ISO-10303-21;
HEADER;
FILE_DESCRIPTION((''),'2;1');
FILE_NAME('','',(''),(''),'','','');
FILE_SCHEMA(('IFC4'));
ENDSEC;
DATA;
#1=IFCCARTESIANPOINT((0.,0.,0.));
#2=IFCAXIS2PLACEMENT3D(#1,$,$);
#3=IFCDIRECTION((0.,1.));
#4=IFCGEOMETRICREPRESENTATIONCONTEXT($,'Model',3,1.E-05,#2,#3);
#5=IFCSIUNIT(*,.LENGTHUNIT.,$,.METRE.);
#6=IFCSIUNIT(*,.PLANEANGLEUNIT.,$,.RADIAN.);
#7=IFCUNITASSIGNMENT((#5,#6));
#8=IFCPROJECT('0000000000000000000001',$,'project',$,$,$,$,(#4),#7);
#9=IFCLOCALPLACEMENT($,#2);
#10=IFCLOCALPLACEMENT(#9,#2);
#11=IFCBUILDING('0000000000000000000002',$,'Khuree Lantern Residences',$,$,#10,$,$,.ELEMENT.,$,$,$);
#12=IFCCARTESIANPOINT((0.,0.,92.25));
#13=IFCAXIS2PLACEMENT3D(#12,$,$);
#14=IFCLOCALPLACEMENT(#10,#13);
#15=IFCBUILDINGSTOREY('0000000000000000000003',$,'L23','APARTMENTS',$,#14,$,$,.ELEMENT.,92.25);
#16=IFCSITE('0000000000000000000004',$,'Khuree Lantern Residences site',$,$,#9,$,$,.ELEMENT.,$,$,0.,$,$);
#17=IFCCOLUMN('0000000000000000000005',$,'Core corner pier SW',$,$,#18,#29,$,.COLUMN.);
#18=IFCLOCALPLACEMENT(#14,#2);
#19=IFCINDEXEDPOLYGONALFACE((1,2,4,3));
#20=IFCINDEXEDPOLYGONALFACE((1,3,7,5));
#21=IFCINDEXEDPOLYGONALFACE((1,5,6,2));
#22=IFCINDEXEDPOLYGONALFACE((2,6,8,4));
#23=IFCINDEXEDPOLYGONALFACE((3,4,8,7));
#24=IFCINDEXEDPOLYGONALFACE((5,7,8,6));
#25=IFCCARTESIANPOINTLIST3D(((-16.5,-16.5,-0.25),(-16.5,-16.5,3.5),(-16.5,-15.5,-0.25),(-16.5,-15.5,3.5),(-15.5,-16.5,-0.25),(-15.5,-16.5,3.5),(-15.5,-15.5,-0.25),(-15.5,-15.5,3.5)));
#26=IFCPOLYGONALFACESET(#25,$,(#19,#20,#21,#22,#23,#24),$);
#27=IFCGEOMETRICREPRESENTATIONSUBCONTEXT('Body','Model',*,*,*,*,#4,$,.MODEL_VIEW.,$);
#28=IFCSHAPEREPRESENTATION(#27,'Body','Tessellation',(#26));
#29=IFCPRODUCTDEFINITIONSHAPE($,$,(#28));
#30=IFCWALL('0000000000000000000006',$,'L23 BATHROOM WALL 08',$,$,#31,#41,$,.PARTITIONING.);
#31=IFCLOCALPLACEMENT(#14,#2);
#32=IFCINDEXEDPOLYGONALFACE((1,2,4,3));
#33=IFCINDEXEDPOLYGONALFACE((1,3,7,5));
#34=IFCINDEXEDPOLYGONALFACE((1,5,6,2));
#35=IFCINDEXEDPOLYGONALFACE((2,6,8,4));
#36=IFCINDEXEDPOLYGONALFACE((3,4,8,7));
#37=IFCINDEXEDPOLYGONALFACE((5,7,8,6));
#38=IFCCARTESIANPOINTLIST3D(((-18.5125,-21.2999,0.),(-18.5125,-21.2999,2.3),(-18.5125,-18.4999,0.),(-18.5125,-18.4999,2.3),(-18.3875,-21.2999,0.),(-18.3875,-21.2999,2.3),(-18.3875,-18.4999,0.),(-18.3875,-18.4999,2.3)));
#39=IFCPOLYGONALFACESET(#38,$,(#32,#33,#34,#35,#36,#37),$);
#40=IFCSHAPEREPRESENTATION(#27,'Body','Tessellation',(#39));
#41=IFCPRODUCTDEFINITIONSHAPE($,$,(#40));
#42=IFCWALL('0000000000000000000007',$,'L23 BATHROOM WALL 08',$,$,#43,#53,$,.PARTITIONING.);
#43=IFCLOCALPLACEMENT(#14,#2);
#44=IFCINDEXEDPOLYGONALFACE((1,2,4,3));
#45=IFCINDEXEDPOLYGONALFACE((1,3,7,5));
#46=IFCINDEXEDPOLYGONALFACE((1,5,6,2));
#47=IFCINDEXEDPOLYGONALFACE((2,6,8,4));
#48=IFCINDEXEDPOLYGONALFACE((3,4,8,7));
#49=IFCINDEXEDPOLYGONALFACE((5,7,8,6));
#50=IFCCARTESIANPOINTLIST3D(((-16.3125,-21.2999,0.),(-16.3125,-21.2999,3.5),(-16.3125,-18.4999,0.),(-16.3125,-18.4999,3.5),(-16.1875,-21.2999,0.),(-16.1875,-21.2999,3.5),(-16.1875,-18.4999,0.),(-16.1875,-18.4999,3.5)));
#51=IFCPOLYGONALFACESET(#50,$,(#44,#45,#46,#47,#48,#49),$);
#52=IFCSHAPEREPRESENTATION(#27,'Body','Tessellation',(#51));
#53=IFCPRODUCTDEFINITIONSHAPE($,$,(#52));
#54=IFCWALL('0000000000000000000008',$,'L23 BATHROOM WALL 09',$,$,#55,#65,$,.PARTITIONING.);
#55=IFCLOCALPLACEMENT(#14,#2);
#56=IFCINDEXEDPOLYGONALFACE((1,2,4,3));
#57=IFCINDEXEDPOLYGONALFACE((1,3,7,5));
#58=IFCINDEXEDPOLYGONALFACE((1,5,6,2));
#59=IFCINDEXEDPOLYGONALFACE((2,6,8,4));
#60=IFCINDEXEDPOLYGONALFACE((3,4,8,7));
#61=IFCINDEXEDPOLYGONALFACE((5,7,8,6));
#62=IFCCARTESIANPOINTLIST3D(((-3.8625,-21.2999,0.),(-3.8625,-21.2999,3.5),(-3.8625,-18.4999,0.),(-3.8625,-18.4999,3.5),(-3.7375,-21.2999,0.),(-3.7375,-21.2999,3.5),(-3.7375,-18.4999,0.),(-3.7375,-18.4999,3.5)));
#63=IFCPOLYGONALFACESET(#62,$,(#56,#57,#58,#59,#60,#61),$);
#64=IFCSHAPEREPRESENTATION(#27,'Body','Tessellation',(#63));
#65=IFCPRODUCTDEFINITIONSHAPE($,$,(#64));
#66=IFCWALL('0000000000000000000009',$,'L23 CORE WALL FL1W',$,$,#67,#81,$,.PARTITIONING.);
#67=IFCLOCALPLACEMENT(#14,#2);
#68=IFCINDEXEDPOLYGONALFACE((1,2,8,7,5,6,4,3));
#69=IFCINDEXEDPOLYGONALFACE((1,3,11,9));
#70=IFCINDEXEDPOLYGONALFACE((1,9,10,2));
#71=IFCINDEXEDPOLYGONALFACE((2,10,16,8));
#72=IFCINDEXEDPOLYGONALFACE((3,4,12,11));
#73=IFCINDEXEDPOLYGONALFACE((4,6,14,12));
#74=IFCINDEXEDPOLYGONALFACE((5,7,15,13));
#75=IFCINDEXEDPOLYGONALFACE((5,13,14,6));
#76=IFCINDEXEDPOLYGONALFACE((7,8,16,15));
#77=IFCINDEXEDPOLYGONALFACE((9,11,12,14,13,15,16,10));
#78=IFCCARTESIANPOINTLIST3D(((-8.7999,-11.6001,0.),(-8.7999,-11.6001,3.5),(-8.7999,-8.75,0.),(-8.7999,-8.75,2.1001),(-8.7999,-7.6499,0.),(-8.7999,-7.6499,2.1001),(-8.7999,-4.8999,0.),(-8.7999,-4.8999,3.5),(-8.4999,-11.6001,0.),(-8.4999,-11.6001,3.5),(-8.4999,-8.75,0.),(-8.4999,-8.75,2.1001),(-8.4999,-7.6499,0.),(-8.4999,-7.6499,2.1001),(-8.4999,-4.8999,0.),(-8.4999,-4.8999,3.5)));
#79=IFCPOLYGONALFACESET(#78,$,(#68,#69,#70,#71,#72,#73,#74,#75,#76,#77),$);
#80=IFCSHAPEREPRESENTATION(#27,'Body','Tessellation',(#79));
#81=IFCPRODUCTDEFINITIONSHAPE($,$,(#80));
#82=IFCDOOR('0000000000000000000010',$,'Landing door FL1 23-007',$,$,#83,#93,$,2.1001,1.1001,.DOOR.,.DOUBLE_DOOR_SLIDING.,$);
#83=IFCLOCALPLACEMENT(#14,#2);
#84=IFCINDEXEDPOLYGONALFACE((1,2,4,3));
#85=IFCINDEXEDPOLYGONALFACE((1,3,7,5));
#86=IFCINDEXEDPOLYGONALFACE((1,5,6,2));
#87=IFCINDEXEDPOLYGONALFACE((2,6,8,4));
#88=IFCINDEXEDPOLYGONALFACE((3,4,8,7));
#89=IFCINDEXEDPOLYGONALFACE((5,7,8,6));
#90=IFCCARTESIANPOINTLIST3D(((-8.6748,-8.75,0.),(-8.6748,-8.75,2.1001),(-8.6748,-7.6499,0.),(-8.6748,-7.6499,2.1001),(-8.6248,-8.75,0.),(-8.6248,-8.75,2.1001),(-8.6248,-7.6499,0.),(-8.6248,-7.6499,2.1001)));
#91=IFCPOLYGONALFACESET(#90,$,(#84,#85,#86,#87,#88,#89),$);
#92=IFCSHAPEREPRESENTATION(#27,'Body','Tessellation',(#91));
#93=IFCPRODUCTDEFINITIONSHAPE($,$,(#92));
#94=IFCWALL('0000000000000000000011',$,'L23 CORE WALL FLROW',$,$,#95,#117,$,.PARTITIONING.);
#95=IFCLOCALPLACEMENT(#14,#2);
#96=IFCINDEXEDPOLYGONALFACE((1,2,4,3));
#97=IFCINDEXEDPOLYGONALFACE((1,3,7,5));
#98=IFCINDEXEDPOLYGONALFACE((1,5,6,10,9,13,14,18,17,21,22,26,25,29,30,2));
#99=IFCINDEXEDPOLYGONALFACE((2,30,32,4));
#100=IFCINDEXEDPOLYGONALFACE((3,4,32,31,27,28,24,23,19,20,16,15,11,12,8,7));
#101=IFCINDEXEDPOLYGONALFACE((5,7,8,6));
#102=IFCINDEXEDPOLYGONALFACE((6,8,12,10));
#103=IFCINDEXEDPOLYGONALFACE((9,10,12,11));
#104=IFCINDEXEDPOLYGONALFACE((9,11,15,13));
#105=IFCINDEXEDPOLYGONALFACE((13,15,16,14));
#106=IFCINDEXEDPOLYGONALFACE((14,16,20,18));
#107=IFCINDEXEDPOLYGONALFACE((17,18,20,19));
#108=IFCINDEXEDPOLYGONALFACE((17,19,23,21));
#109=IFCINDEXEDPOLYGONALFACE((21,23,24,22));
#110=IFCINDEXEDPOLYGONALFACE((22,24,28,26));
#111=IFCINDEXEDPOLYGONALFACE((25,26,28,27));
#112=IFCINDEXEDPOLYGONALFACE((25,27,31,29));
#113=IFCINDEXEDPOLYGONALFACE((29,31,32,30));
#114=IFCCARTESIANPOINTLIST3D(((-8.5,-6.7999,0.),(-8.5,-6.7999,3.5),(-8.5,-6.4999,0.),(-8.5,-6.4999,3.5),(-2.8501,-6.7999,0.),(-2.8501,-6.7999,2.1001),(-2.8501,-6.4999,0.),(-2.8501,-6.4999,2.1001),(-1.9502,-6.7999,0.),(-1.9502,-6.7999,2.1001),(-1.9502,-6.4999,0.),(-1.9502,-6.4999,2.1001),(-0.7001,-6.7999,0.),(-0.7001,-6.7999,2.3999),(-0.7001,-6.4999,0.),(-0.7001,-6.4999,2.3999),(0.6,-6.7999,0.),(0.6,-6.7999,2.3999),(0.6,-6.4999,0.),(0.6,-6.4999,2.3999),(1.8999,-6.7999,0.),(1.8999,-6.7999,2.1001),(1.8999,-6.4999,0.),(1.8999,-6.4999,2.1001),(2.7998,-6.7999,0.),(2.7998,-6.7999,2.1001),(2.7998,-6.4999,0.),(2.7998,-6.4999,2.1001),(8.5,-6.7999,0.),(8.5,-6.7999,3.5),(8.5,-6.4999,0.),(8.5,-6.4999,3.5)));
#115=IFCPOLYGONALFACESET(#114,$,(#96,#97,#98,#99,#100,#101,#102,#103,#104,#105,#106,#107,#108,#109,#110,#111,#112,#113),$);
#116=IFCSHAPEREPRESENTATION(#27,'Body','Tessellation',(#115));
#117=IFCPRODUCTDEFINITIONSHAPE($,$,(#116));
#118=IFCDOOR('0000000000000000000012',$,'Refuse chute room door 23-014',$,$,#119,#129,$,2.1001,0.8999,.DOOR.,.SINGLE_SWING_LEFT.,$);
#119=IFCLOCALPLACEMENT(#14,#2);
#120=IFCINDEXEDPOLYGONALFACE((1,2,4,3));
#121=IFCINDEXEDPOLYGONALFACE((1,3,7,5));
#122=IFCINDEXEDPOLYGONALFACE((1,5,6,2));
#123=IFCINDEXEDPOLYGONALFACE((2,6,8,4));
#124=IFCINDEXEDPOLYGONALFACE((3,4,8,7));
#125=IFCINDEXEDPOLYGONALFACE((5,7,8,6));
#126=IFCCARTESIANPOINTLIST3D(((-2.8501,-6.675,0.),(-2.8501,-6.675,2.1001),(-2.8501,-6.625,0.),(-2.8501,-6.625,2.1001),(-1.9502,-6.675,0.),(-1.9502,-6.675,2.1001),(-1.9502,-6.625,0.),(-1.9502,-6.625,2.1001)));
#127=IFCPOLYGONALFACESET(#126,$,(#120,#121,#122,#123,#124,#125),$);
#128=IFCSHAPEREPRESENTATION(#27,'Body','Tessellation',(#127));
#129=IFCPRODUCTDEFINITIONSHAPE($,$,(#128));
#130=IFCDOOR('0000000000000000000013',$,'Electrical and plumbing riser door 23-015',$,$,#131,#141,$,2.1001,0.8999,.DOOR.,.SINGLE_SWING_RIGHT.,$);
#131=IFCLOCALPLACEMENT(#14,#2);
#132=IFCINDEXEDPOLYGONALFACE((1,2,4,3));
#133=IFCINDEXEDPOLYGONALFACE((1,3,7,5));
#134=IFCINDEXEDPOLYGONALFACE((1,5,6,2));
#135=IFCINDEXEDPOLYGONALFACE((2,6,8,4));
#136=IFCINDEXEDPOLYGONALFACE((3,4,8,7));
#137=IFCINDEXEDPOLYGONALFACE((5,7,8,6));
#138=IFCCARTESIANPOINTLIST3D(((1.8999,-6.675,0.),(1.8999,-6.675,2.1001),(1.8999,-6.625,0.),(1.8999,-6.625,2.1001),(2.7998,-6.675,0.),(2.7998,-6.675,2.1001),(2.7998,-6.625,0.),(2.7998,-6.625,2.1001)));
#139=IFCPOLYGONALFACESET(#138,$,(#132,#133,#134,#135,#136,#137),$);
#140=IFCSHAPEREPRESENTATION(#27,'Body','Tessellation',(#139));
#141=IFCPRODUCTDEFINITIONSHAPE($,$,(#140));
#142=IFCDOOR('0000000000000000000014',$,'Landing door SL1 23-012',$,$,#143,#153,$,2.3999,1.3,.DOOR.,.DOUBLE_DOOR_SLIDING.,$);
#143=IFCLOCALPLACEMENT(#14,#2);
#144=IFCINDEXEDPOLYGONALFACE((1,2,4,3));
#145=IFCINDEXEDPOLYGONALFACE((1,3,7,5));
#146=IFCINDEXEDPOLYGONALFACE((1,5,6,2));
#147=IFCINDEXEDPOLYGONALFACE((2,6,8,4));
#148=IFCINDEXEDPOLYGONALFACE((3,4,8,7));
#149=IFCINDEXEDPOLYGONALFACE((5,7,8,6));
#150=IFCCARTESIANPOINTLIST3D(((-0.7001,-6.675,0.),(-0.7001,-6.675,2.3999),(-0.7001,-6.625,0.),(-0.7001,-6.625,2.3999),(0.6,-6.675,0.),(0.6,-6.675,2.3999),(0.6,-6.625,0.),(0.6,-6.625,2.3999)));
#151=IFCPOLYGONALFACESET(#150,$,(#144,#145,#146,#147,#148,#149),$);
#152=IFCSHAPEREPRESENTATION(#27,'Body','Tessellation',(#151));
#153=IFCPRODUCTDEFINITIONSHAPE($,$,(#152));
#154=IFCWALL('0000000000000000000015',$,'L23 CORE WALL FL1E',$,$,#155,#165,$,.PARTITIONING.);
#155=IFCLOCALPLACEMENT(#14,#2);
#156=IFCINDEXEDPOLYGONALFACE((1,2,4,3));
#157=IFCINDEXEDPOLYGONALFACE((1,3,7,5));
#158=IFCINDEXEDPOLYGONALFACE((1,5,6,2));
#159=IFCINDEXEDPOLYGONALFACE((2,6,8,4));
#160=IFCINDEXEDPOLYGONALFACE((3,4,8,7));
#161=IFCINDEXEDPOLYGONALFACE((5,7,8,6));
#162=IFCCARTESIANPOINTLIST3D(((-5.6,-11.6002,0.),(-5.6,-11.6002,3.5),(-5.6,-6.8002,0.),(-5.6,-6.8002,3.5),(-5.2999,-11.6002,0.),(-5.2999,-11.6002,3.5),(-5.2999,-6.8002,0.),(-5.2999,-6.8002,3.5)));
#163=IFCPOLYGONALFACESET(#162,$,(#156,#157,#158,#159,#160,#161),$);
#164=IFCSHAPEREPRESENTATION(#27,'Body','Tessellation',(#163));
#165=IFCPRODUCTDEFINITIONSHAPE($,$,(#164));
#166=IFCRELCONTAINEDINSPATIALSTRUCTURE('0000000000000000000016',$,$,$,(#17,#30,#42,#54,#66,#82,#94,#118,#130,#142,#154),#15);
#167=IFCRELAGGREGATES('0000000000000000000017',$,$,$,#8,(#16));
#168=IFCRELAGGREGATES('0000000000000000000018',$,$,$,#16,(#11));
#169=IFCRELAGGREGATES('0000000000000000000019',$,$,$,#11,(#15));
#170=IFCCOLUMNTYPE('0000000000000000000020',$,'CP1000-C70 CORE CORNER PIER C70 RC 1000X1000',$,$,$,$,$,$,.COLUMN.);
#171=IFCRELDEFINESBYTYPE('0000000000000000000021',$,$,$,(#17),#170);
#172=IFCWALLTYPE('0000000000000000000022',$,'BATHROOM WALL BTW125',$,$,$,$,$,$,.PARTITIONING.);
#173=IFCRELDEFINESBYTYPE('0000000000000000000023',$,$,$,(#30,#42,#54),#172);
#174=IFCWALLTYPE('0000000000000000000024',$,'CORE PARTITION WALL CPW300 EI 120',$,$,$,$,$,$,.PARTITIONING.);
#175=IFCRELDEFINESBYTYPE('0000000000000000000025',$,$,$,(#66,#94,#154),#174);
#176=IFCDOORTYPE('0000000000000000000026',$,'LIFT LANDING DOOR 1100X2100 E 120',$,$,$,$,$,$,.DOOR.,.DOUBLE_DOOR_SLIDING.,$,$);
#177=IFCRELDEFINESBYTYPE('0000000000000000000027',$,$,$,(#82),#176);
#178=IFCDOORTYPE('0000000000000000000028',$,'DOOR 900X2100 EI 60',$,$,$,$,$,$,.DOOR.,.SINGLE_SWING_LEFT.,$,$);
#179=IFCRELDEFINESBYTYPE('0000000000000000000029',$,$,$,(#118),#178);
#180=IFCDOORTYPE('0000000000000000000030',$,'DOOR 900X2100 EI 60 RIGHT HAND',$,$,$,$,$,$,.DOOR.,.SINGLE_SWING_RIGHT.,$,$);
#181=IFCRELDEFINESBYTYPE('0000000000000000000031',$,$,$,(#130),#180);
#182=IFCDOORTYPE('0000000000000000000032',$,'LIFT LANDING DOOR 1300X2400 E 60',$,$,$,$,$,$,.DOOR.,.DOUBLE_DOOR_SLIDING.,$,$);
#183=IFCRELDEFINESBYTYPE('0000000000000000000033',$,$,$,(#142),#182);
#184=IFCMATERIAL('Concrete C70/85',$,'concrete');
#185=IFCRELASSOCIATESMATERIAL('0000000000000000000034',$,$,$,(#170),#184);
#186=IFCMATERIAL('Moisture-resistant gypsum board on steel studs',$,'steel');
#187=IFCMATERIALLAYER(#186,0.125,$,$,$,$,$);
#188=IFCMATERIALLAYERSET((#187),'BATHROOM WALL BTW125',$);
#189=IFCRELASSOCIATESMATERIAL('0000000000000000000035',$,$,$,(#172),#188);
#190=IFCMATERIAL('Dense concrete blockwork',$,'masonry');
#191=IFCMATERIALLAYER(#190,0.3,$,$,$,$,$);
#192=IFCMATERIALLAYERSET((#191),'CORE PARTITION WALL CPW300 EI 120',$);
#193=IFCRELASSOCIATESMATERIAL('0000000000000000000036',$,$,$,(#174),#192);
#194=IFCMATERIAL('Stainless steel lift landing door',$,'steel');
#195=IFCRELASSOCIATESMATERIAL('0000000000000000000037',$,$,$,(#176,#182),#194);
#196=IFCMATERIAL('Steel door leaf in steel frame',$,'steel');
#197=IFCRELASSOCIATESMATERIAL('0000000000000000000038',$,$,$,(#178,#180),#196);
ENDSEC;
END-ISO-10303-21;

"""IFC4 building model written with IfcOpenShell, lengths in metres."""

from ifc_helpers import new_model, si_unit, direction, frame, frame_2d, origin, origin_2d, place, context, subcontext, project, spatial, rectangle, extrude, material, layer, layer_set, material_profile, profile_set, type_object, element, fill, save


model = new_model("IFC4")

# Units and contexts
model_context = context("Model", 3, precision=1e-05, world=origin(), true_north=direction((0.0, 1.0)))
body_context = subcontext(model_context, "Body", "Model", "MODEL_VIEW")
ifc_project = project(units=[si_unit("LENGTHUNIT", "METRE"), si_unit("PLANEANGLEUNIT", "RADIAN")], contexts=[model_context])

# Site, building, storey
site_placement = place(None, origin())
site = spatial("IfcSite", under=ifc_project, at=site_placement, Name="Khuree Lantern Residences site", CompositionType="ELEMENT", RefElevation=0.0)
building_placement = place(site_placement, origin())
building = spatial("IfcBuilding", under=site, at=building_placement, Name="Khuree Lantern Residences", CompositionType="ELEMENT")
storey_placement = place(building_placement, frame((0.0, 0.0, 92.25)))
storey = spatial("IfcBuildingStorey", under=building, at=storey_placement, Name="L23", Description="APARTMENTS", CompositionType="ELEMENT", Elevation=92.25)

# Column
ifc_material_1 = material(Name="Concrete C70/85", Category="concrete")
ifc_material_profile = material_profile(ifc_material_1, rectangle(XDim=1.0, YDim=1.0, at=origin_2d()), Name="RC 1000X1000")
ifc_profile_set = profile_set([ifc_material_profile], Name="Concrete C70/85")
column_type = type_object("IfcColumnType", Name="CP1000-C70 CORE CORNER PIER C70 RC 1000X1000", PredefinedType="COLUMN", material=ifc_profile_set)
column_placement = place(storey_placement, frame((-16.0, -16.0, -0.25), z_axis=(0.0, 0.0, 1.0), x_axis=(1.0, 0.0, 0.0)))
element("IfcColumn", 1, at=column_placement, inside=storey, type_object=column_type, Name="Core corner pier SW", PredefinedType="COLUMN", context=body_context, shape_type="SweptSolid", body=[
    extrude(rectangle(XDim=1.0, YDim=1.0, at=origin_2d()), origin(), (0.0, 0.0, 1.0), 3.75),
])

# Walls
ifc_material_2 = material(Name="Moisture-resistant gypsum board on steel studs", Category="steel")
ifc_layer_1 = layer(ifc_material_2, 0.125)
ifc_layer_set_1 = layer_set([ifc_layer_1], Name="BATHROOM WALL BTW125")
wall_type_1 = type_object("IfcWallType", Name="BATHROOM WALL BTW125", PredefinedType="PARTITIONING", material=ifc_layer_set_1)
wall_1_placement = place(storey_placement, frame((-18.45, -18.5, 0.0), z_axis=(0.0, 0.0, 1.0), x_axis=(0.0, -1.0, 0.0)))
element("IfcWall", 2, at=wall_1_placement, inside=storey, type_object=wall_type_1, Name="L23 BATHROOM WALL 08", PredefinedType="PARTITIONING", context=body_context, shape_type="SweptSolid", body=[
    extrude(rectangle(XDim=2.8, YDim=0.125, at=frame_2d((1.3999, 0.0))), origin(), (0.0, 0.0, 1.0), 2.3),
])
for number, where, z_axis, x_axis, name in (
    (3, (-16.25, -18.5, 0.0), (0.0, 0.0, 1.0), (0.0, -1.0, 0.0), "L23 BATHROOM WALL 08"),
    (4, (-3.8, -18.5, 0.0), (0.0, 0.0, 1.0), (0.0, -1.0, 0.0), "L23 BATHROOM WALL 09"),
):
    element("IfcWall", number, at=place(storey_placement, frame(where, z_axis=z_axis, x_axis=x_axis)), inside=storey, type_object=wall_type_1, Name=name, PredefinedType="PARTITIONING", context=body_context, shape_type="SweptSolid", body=[
        extrude(rectangle(XDim=2.8, YDim=0.125, at=frame_2d((1.3999, 0.0))), origin(), (0.0, 0.0, 1.0), 3.5),
    ])

# Wall, opening, door
ifc_material_3 = material(Name="Dense concrete blockwork", Category="masonry")
ifc_layer_2 = layer(ifc_material_3, 0.3)
ifc_layer_set_2 = layer_set([ifc_layer_2], Name="CORE PARTITION WALL CPW300 EI 120")
wall_type_2 = type_object("IfcWallType", Name="CORE PARTITION WALL CPW300 EI 120", PredefinedType="PARTITIONING", material=ifc_layer_set_2)
wall_2_placement = place(storey_placement, frame((-8.6499, -11.6001, 0.0), z_axis=(0.0, 0.0, 1.0), x_axis=(0.0, 1.0, 0.0)))
wall_2 = element("IfcWall", 5, at=wall_2_placement, inside=storey, type_object=wall_type_2, Name="L23 CORE WALL FL1W", PredefinedType="PARTITIONING", context=body_context, shape_type="SweptSolid", body=[
    extrude(rectangle(XDim=6.7002, YDim=0.3, at=frame_2d((3.3501, 0.0))), origin(), (0.0, 0.0, 1.0), 3.5),
])
opening_1_placement = place(wall_2_placement, frame((2.8501, 0.0, 0.0)))
opening_1 = element("IfcOpeningElement", 6, at=opening_1_placement, cuts=wall_2, PredefinedType="OPENING", context=body_context, shape_type="SweptSolid", body=[
    extrude(rectangle(XDim=1.1001, YDim=2.1001, at=frame_2d((0.55, 1.05))), frame((0.0, 0.1602, 0.0), z_axis=(0.0, -1.0, 0.0), x_axis=(1.0, 0.0, 0.0)), (0.0, 0.0, 1.0), 0.3201),
])
ifc_material_4 = material(Name="Stainless steel lift landing door", Category="steel")
door_type_1 = type_object("IfcDoorType", Name="LIFT LANDING DOOR 1100X2100 E 120", OperationType="DOUBLE_DOOR_SLIDING", PredefinedType="DOOR", material=ifc_material_4)
door_1_placement = place(opening_1_placement, origin())
door_1 = element("IfcDoor", 7, at=door_1_placement, inside=storey, type_object=door_type_1, Name="Landing door FL1 23-007", OperationType="DOUBLE_DOOR_SLIDING", OverallHeight=2.1001, OverallWidth=1.1001, PredefinedType="DOOR", context=body_context, shape_type="SweptSolid", body=[
    extrude(rectangle(XDim=1.1001, YDim=2.1001, at=frame_2d((0.55, 1.05))), frame((0.0, 0.0249, 0.0), z_axis=(0.0, -1.0, 0.0), x_axis=(1.0, 0.0, 0.0)), (0.0, 0.0, 1.0), 0.05),
])
fill(opening_1, door_1)

# Wall, openings, doors
wall_3_placement = place(storey_placement, frame((-8.5, -6.6499, 0.0), z_axis=(0.0, 0.0, 1.0), x_axis=(1.0, 0.0, 0.0)))
wall_3 = element("IfcWall", 8, at=wall_3_placement, inside=storey, type_object=wall_type_2, Name="L23 CORE WALL FLROW", PredefinedType="PARTITIONING", context=body_context, shape_type="SweptSolid", body=[
    extrude(rectangle(XDim=17.0, YDim=0.3, at=frame_2d((8.5, 0.0))), origin(), (0.0, 0.0, 1.0), 3.5),
])
opening_2_placement = place(wall_3_placement, frame((7.8, 0.0, 0.0)))
opening_2 = element("IfcOpeningElement", 9, at=opening_2_placement, cuts=wall_3, PredefinedType="OPENING", context=body_context, shape_type="SweptSolid", body=[
    extrude(rectangle(XDim=1.3, YDim=2.3999, at=frame_2d((0.6499, 1.2))), frame((0.0, 0.1602, 0.0), z_axis=(0.0, -1.0, 0.0), x_axis=(1.0, 0.0, 0.0)), (0.0, 0.0, 1.0), 0.3201),
])
opening_3_placement = place(wall_3_placement, frame((5.6499, 0.0, 0.0)))
opening_3 = element("IfcOpeningElement", 10, at=opening_3_placement, cuts=wall_3, PredefinedType="OPENING", context=body_context, shape_type="SweptSolid", body=[
    extrude(rectangle(XDim=0.8999, YDim=2.1001, at=frame_2d((0.45, 1.05))), frame((0.0, 0.1602, 0.0), z_axis=(0.0, -1.0, 0.0), x_axis=(1.0, 0.0, 0.0)), (0.0, 0.0, 1.0), 0.3201),
])
opening_4_placement = place(wall_3_placement, frame((10.3999, 0.0, 0.0)))
opening_4 = element("IfcOpeningElement", 11, at=opening_4_placement, cuts=wall_3, PredefinedType="OPENING", context=body_context, shape_type="SweptSolid", body=[
    extrude(rectangle(XDim=0.8999, YDim=2.1001, at=frame_2d((0.45, 1.05))), frame((0.0, 0.1602, 0.0), z_axis=(0.0, -1.0, 0.0), x_axis=(1.0, 0.0, 0.0)), (0.0, 0.0, 1.0), 0.3201),
])
ifc_material_5 = material(Name="Steel door leaf in steel frame", Category="steel")
door_type_2 = type_object("IfcDoorType", Name="DOOR 900X2100 EI 60", OperationType="SINGLE_SWING_LEFT", PredefinedType="DOOR", material=ifc_material_5)
door_2_placement = place(opening_3_placement, origin())
door_2 = element("IfcDoor", 12, at=door_2_placement, inside=storey, type_object=door_type_2, Name="Refuse chute room door 23-014", OperationType="SINGLE_SWING_LEFT", OverallHeight=2.1001, OverallWidth=0.8999, PredefinedType="DOOR", context=body_context, shape_type="SweptSolid", body=[
    extrude(rectangle(XDim=0.8999, YDim=2.1001, at=frame_2d((0.45, 1.05))), frame((0.0, 0.0249, 0.0), z_axis=(0.0, -1.0, 0.0), x_axis=(1.0, 0.0, 0.0)), (0.0, 0.0, 1.0), 0.05),
])
fill(opening_3, door_2)
door_type_3 = type_object("IfcDoorType", Name="DOOR 900X2100 EI 60 RIGHT HAND", OperationType="SINGLE_SWING_RIGHT", PredefinedType="DOOR", material=ifc_material_5)
door_3_placement = place(opening_4_placement, origin())
door_3 = element("IfcDoor", 13, at=door_3_placement, inside=storey, type_object=door_type_3, Name="Electrical and plumbing riser door 23-015", OperationType="SINGLE_SWING_RIGHT", OverallHeight=2.1001, OverallWidth=0.8999, PredefinedType="DOOR", context=body_context, shape_type="SweptSolid", body=[
    extrude(rectangle(XDim=0.8999, YDim=2.1001, at=frame_2d((0.45, 1.05))), frame((0.0, 0.0249, 0.0), z_axis=(0.0, -1.0, 0.0), x_axis=(1.0, 0.0, 0.0)), (0.0, 0.0, 1.0), 0.05),
])
fill(opening_4, door_3)
door_type_4 = type_object("IfcDoorType", Name="LIFT LANDING DOOR 1300X2400 E 60", OperationType="DOUBLE_DOOR_SLIDING", PredefinedType="DOOR", material=ifc_material_4)
door_4_placement = place(opening_2_placement, origin())
door_4 = element("IfcDoor", 14, at=door_4_placement, inside=storey, type_object=door_type_4, Name="Landing door SL1 23-012", OperationType="DOUBLE_DOOR_SLIDING", OverallHeight=2.3999, OverallWidth=1.3, PredefinedType="DOOR", context=body_context, shape_type="SweptSolid", body=[
    extrude(rectangle(XDim=1.3, YDim=2.3999, at=frame_2d((0.6499, 1.2))), frame((0.0, 0.0249, 0.0), z_axis=(0.0, -1.0, 0.0), x_axis=(1.0, 0.0, 0.0)), (0.0, 0.0, 1.0), 0.05),
])
fill(opening_2, door_4)

# Wall
wall_4_placement = place(storey_placement, frame((-5.45, -11.6001, 0.0), z_axis=(0.0, 0.0, 1.0), x_axis=(0.0, 1.0, 0.0)))
element("IfcWall", 15, at=wall_4_placement, inside=storey, type_object=wall_type_2, Name="L23 CORE WALL FL1E", PredefinedType="PARTITIONING", context=body_context, shape_type="SweptSolid", body=[
    extrude(rectangle(XDim=4.8, YDim=0.3, at=frame_2d((2.3999, 0.0))), origin(), (0.0, 0.0, 1.0), 3.5),
])

save(model, "model.ifc")
